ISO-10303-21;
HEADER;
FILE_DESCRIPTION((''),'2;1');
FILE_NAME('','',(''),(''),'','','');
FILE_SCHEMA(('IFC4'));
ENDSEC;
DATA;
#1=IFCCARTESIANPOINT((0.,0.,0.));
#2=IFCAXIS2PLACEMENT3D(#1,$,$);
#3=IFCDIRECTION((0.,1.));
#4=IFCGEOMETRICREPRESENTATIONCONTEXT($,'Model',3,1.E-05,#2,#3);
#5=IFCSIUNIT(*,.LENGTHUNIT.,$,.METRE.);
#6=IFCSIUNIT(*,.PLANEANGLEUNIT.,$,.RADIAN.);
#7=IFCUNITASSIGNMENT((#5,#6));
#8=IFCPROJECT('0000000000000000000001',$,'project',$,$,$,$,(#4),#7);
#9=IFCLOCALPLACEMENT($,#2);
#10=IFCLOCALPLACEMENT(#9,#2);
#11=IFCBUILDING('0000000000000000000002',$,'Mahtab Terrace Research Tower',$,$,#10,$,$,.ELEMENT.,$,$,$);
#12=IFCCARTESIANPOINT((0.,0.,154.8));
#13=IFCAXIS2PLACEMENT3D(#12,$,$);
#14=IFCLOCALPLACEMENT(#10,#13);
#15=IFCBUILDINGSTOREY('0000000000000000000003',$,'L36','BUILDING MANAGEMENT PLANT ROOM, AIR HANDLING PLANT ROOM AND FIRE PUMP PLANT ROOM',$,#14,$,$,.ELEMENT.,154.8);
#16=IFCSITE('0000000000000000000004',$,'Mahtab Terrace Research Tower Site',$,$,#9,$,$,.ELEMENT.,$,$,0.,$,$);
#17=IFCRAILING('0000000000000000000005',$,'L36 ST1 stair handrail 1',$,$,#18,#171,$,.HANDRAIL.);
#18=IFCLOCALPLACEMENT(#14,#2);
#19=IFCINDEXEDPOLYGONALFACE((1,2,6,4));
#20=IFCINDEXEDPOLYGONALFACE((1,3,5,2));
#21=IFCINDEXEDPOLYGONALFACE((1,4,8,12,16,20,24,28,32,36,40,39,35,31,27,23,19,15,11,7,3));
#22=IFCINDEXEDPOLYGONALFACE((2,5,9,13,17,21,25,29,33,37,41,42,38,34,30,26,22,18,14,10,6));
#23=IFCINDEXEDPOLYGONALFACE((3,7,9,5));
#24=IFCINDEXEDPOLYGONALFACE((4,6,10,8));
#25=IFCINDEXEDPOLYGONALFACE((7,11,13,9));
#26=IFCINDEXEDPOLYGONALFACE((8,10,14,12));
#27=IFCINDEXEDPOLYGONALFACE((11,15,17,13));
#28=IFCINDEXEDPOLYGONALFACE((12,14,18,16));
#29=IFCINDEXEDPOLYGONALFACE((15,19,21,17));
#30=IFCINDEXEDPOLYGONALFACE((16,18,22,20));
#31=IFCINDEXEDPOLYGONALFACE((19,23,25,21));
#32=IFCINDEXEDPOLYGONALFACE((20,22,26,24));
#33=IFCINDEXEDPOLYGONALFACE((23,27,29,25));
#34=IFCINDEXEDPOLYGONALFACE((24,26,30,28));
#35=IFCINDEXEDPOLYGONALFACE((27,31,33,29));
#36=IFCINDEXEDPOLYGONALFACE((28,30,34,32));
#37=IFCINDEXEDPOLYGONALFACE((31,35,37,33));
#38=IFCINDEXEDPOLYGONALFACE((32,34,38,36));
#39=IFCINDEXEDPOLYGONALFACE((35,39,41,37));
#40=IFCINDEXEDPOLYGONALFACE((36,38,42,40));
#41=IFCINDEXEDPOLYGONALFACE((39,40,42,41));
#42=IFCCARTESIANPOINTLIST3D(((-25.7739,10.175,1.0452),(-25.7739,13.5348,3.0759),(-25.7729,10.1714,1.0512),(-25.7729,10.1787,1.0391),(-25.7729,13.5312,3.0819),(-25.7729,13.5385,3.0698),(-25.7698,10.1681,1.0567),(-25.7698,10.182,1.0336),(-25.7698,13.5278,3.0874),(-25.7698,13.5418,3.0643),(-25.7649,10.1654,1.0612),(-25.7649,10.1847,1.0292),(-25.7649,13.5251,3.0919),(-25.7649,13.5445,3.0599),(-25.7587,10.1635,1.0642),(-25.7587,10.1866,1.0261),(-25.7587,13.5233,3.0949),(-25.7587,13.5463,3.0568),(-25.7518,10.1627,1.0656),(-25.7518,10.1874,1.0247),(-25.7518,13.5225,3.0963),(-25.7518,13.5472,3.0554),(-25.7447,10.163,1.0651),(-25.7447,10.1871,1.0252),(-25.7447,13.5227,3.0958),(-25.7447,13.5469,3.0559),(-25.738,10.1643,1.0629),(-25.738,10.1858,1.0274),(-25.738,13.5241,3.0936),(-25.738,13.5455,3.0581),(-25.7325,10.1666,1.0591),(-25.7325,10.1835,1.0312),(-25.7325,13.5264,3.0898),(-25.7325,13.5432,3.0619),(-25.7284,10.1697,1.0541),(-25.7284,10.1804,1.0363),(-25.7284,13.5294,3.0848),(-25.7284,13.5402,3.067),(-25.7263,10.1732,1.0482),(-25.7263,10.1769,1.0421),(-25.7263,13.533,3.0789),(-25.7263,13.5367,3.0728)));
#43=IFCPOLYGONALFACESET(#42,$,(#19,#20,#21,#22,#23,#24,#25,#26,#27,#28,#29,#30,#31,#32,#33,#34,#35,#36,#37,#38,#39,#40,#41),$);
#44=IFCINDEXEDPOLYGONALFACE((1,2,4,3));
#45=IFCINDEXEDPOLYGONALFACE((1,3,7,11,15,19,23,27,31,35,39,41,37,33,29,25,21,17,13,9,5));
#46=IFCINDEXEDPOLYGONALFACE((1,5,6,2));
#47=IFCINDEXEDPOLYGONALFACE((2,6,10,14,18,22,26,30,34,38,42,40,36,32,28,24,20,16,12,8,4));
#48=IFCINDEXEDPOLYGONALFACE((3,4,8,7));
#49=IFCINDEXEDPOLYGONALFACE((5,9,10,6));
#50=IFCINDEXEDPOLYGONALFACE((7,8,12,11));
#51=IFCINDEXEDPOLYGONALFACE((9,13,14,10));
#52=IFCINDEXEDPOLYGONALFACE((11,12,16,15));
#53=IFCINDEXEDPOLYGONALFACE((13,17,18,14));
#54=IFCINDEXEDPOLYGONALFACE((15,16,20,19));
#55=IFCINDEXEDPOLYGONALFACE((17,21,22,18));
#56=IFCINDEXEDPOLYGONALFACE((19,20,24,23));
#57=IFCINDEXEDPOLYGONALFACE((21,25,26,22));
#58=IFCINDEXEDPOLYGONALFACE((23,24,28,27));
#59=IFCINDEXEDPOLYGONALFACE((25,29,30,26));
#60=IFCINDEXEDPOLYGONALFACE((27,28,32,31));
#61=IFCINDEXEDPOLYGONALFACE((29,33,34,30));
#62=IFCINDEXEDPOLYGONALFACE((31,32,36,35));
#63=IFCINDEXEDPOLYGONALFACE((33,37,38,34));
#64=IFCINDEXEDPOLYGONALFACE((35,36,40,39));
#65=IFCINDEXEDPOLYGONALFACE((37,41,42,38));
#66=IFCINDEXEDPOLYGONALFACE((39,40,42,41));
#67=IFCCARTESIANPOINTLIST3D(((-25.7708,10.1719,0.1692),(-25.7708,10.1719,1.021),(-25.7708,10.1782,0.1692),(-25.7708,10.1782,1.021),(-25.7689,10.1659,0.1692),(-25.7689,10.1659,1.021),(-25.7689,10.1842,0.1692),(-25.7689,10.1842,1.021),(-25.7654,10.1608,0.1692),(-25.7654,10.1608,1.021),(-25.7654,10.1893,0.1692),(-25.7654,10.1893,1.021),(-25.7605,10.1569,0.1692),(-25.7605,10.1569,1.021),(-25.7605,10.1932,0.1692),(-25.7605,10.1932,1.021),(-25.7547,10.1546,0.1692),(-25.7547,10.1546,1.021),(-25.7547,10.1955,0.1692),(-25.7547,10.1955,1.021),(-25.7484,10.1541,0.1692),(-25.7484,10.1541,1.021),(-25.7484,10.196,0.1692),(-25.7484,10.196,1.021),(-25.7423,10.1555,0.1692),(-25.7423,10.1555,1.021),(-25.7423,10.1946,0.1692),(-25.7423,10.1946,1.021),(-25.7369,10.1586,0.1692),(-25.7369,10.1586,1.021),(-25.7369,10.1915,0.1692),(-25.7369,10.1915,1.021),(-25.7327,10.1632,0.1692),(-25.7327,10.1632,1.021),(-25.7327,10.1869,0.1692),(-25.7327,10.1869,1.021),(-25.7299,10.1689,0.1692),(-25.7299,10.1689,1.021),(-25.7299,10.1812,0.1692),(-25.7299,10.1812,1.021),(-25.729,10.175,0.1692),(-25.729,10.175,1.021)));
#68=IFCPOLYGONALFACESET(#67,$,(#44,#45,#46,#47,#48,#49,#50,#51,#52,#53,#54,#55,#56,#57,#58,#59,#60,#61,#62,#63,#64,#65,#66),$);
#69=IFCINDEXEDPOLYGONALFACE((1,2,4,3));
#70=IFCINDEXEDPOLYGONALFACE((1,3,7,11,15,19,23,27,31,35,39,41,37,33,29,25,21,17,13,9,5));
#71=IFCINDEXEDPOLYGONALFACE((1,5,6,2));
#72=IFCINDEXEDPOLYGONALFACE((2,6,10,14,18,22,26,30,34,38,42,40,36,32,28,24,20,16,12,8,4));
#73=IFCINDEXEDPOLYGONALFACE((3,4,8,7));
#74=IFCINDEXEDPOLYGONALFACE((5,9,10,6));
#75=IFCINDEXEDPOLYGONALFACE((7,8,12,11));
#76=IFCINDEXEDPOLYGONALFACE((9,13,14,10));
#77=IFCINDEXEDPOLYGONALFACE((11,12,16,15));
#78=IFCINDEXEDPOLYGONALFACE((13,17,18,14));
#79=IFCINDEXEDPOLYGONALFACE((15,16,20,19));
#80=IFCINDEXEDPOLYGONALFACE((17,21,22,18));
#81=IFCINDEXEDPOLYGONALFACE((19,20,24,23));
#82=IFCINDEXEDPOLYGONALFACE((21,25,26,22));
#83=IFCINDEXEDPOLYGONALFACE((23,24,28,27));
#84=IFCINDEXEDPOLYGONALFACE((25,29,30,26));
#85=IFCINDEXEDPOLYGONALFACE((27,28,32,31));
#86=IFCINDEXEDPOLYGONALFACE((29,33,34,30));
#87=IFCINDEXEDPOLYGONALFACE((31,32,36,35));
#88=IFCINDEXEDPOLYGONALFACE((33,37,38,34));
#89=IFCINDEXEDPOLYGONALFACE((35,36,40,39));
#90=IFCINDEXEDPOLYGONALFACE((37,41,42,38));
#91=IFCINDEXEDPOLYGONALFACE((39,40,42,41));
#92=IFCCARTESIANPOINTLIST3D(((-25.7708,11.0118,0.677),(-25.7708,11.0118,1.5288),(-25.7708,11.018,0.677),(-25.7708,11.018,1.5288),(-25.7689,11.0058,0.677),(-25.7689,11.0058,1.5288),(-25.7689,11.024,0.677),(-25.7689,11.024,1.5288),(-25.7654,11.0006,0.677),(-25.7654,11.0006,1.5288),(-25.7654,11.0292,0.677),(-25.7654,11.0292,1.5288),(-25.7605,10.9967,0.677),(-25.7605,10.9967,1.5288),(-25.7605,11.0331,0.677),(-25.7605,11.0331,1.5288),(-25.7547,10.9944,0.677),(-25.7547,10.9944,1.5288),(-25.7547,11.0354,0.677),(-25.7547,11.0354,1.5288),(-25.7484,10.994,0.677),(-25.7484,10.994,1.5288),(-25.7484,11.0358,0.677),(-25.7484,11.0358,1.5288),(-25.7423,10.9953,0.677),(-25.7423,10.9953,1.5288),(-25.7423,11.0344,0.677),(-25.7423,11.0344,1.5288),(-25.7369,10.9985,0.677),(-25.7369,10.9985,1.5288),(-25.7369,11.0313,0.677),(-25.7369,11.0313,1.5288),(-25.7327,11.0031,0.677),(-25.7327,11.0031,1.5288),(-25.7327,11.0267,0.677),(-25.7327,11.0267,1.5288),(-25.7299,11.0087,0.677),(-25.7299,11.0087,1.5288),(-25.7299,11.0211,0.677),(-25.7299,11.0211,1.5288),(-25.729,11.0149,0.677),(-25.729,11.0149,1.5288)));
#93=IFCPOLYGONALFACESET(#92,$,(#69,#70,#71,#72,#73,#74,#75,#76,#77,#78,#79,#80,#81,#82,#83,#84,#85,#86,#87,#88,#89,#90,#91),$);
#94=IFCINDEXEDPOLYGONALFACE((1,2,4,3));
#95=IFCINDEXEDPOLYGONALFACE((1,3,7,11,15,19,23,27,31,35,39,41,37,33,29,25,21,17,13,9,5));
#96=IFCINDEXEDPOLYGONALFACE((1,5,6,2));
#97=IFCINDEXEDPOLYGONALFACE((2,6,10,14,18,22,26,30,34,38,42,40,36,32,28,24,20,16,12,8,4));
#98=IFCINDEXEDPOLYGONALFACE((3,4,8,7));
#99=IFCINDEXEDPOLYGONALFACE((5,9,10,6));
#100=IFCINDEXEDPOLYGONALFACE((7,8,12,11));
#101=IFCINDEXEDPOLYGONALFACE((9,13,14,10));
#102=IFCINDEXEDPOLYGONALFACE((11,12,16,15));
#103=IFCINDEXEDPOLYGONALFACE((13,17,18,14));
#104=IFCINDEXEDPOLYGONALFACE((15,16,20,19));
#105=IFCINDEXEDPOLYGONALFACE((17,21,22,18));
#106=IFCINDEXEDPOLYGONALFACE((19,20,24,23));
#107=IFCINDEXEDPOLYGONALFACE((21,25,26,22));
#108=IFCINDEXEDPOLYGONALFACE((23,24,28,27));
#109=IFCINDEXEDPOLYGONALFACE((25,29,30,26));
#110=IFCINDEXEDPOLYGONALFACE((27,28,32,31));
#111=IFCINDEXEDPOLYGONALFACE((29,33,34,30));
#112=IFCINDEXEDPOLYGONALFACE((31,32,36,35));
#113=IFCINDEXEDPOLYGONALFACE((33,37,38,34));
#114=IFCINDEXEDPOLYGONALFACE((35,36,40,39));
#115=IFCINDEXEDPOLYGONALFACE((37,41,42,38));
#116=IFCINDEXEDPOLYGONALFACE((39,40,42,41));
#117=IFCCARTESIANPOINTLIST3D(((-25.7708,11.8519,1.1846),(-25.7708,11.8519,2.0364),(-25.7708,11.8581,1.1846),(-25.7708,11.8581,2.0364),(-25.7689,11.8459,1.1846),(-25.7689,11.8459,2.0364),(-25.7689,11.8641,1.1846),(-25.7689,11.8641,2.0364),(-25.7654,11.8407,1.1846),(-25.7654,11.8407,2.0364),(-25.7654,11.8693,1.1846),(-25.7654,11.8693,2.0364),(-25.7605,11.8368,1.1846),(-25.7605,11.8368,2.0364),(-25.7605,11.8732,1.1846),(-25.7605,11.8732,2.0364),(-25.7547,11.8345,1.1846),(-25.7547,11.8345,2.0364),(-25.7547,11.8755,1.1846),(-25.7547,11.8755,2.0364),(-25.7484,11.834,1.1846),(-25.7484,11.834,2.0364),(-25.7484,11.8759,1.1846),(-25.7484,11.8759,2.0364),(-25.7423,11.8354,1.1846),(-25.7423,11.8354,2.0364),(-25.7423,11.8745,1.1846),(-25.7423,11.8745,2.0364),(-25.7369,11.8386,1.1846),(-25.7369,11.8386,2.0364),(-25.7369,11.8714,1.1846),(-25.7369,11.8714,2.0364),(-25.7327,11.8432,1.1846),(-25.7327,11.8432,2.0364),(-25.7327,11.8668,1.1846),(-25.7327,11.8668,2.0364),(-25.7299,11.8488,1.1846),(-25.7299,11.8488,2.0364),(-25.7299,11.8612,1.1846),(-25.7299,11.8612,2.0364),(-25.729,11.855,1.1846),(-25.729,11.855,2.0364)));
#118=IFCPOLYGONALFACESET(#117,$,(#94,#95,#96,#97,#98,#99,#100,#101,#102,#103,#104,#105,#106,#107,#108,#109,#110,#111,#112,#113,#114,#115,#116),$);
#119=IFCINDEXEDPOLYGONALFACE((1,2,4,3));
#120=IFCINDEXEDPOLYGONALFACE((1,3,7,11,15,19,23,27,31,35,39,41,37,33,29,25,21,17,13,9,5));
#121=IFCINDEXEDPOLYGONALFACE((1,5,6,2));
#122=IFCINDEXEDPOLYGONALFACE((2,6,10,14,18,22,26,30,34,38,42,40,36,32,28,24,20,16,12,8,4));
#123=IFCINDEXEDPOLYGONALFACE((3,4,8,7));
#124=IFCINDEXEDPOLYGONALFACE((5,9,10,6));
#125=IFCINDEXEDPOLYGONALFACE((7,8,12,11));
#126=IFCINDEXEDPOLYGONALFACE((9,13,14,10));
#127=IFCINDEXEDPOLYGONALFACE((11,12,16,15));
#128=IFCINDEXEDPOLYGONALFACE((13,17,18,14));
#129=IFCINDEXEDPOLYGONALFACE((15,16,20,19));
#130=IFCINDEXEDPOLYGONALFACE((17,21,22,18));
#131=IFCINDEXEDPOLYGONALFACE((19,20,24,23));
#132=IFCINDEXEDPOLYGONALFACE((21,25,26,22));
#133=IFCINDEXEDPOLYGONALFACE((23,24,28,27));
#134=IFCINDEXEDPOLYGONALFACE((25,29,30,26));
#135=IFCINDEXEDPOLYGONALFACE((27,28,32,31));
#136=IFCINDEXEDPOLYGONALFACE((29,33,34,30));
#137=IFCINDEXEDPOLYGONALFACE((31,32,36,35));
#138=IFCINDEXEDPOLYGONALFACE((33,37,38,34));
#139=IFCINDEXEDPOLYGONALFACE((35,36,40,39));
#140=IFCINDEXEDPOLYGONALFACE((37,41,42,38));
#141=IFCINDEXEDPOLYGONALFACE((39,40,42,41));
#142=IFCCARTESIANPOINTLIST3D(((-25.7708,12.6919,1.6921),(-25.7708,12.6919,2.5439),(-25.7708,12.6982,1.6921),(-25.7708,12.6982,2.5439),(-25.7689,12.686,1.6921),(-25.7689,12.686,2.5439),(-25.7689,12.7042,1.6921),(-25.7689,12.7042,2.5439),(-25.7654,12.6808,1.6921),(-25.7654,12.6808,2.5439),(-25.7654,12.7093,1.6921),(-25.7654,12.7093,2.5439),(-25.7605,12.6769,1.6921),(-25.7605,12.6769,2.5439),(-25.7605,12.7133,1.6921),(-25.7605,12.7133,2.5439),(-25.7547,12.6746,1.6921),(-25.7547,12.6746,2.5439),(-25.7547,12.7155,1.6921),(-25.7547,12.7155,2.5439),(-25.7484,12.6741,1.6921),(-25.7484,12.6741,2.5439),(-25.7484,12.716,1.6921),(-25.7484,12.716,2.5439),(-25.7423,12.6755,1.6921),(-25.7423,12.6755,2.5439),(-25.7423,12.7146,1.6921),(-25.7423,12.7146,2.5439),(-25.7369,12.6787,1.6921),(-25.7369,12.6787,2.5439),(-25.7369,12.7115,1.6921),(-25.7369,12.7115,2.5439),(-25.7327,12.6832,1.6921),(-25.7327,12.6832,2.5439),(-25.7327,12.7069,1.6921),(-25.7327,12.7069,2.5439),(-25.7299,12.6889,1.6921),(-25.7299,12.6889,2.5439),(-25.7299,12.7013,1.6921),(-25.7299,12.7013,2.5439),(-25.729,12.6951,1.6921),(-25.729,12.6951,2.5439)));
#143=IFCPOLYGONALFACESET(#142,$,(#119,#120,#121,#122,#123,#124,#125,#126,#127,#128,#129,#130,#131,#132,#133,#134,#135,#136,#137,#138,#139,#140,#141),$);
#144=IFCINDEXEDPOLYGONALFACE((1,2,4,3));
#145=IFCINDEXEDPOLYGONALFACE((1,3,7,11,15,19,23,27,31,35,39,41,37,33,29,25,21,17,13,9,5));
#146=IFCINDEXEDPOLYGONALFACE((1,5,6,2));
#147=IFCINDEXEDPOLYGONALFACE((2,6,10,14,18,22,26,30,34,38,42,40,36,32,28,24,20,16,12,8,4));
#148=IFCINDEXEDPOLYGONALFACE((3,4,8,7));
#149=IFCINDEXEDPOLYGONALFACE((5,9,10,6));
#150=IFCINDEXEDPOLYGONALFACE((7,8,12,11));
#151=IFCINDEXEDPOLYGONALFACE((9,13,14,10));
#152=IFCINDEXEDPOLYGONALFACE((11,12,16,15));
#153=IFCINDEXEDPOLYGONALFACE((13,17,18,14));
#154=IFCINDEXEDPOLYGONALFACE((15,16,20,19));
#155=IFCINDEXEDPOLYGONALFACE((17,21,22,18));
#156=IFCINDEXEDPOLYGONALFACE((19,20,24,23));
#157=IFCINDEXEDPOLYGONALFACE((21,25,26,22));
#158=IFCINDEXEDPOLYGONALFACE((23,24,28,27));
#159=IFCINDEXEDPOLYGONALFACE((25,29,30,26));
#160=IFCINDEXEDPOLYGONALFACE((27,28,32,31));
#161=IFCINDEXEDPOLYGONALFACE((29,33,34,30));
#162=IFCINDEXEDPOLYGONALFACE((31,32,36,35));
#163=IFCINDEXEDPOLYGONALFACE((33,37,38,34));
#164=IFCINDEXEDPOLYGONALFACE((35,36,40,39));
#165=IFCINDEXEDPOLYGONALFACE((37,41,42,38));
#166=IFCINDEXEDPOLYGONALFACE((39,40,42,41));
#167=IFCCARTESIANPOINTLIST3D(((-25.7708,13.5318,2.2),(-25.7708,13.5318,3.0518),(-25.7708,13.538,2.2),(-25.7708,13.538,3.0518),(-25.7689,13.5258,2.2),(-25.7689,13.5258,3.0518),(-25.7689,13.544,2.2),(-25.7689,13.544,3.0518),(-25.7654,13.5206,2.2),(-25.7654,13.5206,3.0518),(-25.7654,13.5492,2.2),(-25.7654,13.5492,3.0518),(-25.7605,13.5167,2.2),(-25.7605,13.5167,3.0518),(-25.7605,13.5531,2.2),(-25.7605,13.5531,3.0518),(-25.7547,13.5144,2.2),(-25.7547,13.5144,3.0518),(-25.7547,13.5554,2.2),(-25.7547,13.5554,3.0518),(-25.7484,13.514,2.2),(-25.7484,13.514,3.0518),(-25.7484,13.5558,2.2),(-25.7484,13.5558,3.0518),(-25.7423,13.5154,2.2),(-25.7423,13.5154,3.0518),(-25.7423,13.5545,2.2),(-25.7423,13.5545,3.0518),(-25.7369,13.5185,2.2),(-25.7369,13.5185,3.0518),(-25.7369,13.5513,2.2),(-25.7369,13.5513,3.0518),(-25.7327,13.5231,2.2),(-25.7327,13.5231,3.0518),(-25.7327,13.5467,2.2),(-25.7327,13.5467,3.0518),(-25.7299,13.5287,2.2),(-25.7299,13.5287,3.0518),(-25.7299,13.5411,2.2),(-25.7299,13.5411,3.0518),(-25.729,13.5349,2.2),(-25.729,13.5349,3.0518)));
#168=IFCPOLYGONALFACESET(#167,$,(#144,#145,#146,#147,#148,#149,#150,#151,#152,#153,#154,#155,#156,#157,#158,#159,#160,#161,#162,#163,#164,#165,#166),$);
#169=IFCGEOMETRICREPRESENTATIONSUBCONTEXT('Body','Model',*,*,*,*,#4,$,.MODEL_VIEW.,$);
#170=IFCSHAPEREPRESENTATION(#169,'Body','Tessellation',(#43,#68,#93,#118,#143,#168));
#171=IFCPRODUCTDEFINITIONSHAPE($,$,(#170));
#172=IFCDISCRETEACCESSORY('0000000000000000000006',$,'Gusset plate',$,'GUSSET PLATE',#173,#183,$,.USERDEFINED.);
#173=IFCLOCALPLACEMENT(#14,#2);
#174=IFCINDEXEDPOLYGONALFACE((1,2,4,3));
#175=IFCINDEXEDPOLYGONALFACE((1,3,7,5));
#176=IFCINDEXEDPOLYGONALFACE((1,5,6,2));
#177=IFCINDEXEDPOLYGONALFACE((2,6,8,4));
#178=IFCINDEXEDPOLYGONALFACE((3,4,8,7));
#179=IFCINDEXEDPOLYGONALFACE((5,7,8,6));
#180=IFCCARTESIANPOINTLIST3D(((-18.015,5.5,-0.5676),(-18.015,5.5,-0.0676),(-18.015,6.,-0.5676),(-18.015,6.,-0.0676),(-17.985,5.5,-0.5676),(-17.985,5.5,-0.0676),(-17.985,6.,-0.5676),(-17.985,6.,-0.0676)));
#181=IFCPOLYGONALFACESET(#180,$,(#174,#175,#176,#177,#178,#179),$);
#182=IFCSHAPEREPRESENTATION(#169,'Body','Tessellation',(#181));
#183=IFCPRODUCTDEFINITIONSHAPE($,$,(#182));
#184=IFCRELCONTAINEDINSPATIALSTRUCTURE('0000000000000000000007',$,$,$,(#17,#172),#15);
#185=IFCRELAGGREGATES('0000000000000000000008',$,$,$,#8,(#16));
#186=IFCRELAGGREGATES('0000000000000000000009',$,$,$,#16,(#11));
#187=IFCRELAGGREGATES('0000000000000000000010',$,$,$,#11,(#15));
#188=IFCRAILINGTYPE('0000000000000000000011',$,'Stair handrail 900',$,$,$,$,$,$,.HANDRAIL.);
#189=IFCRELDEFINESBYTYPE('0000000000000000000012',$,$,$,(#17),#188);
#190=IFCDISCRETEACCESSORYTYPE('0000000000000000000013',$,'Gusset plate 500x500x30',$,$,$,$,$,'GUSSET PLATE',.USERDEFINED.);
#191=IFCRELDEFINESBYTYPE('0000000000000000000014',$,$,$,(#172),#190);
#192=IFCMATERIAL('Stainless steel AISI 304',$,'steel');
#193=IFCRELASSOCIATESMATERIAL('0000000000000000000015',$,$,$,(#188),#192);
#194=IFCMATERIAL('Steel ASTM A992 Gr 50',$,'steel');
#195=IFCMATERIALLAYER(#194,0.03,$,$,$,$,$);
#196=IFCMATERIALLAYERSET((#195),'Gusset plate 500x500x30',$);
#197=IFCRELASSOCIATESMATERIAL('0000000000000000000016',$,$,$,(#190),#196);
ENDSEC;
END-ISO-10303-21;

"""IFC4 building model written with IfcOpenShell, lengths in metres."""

from ifc_helpers import new_model, si_unit, direction, frame, origin, origin_2d, place, context, subcontext, project, spatial, rectangle, circle, extrude, material, layer, layer_set, type_object, element, save


model = new_model("IFC4")

# Units and contexts
model_context = context("Model", 3, precision=1e-05, world=origin(), true_north=direction((0.0, 1.0)))
body_context = subcontext(model_context, "Body", "Model", "MODEL_VIEW")
ifc_project = project(units=[si_unit("LENGTHUNIT", "METRE"), si_unit("PLANEANGLEUNIT", "RADIAN")], contexts=[model_context])

# Site, building, storey
site_placement = place(None, origin())
site = spatial("IfcSite", under=ifc_project, at=site_placement, Name="Mahtab Terrace Research Tower Site", CompositionType="ELEMENT", RefElevation=0.0)
building_placement = place(site_placement, origin())
building = spatial("IfcBuilding", under=site, at=building_placement, Name="Mahtab Terrace Research Tower", CompositionType="ELEMENT")
storey_placement = place(building_placement, frame((0.0, 0.0, 154.8)))
storey = spatial("IfcBuildingStorey", under=building, at=storey_placement, Name="L36", Description="BUILDING MANAGEMENT PLANT ROOM, AIR HANDLING PLANT ROOM AND FIRE PUMP PLANT ROOM", CompositionType="ELEMENT", Elevation=154.8)

# Shared definitions
ifc_material_1 = material(Name="Steel ASTM A992 Gr 50", Category="steel")

# Railing
ifc_material_2 = material(Name="Stainless steel AISI 304", Category="steel")
railing_type_1 = type_object("IfcRailingType", Name="Stair handrail 900", PredefinedType="HANDRAIL", material=ifc_material_2)
railing_1_placement = place(storey_placement, frame((-25.75, 10.175, 0.1692)))
element("IfcRailing", 1, at=railing_1_placement, inside=storey, type_object=railing_type_1, Name="L36 ST1 stair handrail 1", PredefinedType="HANDRAIL", context=body_context, shape_type="SweptSolid", body=[
    extrude(circle(Radius=0.0239, at=origin_2d()), frame((0.0, 0.0, 0.876), z_axis=(0.0, 0.85582, 0.517273), x_axis=(-1.0, 0.0, 0.0)), (0.0, 0.0, 1.0), 3.9258),
    extrude(circle(Radius=0.021, at=origin_2d()), origin(), (0.0, 0.0, 1.0), 0.8518),
    extrude(circle(Radius=0.021, at=origin_2d()), frame((0.0, 0.8398, 0.5078)), (0.0, 0.0, 1.0), 0.8518),
    extrude(circle(Radius=0.021, at=origin_2d()), frame((0.0, 1.6799, 1.0154)), (0.0, 0.0, 1.0), 0.8518),
    extrude(circle(Radius=0.021, at=origin_2d()), frame((0.0, 2.52, 1.5229)), (0.0, 0.0, 1.0), 0.8518),
    extrude(circle(Radius=0.021, at=origin_2d()), frame((0.0, 3.3599, 2.0308)), (0.0, 0.0, 1.0), 0.8518),
])

# Discrete accessory
ifc_layer_1 = layer(ifc_material_1, 0.03)
ifc_layer_set_1 = layer_set([ifc_layer_1], Name="Gusset plate 500x500x30")
discrete_accessory_type = type_object("IfcDiscreteAccessoryType", Name="Gusset plate 500x500x30", ElementType="GUSSET PLATE", PredefinedType="USERDEFINED", material=ifc_layer_set_1)
discrete_accessory_placement = place(storey_placement, frame((-18.0, 5.75, -0.5676), z_axis=(0.0, 0.0, 1.0), x_axis=(0.0, 1.0, 0.0)))
element("IfcDiscreteAccessory", 2, at=discrete_accessory_placement, inside=storey, type_object=discrete_accessory_type, Name="Gusset plate", ObjectType="GUSSET PLATE", PredefinedType="USERDEFINED", context=body_context, shape_type="SweptSolid", body=[
    extrude(rectangle(XDim=0.5, YDim=0.03, at=origin_2d()), origin(), (0.0, 0.0, 1.0), 0.5),
])

save(model, "model.ifc")
